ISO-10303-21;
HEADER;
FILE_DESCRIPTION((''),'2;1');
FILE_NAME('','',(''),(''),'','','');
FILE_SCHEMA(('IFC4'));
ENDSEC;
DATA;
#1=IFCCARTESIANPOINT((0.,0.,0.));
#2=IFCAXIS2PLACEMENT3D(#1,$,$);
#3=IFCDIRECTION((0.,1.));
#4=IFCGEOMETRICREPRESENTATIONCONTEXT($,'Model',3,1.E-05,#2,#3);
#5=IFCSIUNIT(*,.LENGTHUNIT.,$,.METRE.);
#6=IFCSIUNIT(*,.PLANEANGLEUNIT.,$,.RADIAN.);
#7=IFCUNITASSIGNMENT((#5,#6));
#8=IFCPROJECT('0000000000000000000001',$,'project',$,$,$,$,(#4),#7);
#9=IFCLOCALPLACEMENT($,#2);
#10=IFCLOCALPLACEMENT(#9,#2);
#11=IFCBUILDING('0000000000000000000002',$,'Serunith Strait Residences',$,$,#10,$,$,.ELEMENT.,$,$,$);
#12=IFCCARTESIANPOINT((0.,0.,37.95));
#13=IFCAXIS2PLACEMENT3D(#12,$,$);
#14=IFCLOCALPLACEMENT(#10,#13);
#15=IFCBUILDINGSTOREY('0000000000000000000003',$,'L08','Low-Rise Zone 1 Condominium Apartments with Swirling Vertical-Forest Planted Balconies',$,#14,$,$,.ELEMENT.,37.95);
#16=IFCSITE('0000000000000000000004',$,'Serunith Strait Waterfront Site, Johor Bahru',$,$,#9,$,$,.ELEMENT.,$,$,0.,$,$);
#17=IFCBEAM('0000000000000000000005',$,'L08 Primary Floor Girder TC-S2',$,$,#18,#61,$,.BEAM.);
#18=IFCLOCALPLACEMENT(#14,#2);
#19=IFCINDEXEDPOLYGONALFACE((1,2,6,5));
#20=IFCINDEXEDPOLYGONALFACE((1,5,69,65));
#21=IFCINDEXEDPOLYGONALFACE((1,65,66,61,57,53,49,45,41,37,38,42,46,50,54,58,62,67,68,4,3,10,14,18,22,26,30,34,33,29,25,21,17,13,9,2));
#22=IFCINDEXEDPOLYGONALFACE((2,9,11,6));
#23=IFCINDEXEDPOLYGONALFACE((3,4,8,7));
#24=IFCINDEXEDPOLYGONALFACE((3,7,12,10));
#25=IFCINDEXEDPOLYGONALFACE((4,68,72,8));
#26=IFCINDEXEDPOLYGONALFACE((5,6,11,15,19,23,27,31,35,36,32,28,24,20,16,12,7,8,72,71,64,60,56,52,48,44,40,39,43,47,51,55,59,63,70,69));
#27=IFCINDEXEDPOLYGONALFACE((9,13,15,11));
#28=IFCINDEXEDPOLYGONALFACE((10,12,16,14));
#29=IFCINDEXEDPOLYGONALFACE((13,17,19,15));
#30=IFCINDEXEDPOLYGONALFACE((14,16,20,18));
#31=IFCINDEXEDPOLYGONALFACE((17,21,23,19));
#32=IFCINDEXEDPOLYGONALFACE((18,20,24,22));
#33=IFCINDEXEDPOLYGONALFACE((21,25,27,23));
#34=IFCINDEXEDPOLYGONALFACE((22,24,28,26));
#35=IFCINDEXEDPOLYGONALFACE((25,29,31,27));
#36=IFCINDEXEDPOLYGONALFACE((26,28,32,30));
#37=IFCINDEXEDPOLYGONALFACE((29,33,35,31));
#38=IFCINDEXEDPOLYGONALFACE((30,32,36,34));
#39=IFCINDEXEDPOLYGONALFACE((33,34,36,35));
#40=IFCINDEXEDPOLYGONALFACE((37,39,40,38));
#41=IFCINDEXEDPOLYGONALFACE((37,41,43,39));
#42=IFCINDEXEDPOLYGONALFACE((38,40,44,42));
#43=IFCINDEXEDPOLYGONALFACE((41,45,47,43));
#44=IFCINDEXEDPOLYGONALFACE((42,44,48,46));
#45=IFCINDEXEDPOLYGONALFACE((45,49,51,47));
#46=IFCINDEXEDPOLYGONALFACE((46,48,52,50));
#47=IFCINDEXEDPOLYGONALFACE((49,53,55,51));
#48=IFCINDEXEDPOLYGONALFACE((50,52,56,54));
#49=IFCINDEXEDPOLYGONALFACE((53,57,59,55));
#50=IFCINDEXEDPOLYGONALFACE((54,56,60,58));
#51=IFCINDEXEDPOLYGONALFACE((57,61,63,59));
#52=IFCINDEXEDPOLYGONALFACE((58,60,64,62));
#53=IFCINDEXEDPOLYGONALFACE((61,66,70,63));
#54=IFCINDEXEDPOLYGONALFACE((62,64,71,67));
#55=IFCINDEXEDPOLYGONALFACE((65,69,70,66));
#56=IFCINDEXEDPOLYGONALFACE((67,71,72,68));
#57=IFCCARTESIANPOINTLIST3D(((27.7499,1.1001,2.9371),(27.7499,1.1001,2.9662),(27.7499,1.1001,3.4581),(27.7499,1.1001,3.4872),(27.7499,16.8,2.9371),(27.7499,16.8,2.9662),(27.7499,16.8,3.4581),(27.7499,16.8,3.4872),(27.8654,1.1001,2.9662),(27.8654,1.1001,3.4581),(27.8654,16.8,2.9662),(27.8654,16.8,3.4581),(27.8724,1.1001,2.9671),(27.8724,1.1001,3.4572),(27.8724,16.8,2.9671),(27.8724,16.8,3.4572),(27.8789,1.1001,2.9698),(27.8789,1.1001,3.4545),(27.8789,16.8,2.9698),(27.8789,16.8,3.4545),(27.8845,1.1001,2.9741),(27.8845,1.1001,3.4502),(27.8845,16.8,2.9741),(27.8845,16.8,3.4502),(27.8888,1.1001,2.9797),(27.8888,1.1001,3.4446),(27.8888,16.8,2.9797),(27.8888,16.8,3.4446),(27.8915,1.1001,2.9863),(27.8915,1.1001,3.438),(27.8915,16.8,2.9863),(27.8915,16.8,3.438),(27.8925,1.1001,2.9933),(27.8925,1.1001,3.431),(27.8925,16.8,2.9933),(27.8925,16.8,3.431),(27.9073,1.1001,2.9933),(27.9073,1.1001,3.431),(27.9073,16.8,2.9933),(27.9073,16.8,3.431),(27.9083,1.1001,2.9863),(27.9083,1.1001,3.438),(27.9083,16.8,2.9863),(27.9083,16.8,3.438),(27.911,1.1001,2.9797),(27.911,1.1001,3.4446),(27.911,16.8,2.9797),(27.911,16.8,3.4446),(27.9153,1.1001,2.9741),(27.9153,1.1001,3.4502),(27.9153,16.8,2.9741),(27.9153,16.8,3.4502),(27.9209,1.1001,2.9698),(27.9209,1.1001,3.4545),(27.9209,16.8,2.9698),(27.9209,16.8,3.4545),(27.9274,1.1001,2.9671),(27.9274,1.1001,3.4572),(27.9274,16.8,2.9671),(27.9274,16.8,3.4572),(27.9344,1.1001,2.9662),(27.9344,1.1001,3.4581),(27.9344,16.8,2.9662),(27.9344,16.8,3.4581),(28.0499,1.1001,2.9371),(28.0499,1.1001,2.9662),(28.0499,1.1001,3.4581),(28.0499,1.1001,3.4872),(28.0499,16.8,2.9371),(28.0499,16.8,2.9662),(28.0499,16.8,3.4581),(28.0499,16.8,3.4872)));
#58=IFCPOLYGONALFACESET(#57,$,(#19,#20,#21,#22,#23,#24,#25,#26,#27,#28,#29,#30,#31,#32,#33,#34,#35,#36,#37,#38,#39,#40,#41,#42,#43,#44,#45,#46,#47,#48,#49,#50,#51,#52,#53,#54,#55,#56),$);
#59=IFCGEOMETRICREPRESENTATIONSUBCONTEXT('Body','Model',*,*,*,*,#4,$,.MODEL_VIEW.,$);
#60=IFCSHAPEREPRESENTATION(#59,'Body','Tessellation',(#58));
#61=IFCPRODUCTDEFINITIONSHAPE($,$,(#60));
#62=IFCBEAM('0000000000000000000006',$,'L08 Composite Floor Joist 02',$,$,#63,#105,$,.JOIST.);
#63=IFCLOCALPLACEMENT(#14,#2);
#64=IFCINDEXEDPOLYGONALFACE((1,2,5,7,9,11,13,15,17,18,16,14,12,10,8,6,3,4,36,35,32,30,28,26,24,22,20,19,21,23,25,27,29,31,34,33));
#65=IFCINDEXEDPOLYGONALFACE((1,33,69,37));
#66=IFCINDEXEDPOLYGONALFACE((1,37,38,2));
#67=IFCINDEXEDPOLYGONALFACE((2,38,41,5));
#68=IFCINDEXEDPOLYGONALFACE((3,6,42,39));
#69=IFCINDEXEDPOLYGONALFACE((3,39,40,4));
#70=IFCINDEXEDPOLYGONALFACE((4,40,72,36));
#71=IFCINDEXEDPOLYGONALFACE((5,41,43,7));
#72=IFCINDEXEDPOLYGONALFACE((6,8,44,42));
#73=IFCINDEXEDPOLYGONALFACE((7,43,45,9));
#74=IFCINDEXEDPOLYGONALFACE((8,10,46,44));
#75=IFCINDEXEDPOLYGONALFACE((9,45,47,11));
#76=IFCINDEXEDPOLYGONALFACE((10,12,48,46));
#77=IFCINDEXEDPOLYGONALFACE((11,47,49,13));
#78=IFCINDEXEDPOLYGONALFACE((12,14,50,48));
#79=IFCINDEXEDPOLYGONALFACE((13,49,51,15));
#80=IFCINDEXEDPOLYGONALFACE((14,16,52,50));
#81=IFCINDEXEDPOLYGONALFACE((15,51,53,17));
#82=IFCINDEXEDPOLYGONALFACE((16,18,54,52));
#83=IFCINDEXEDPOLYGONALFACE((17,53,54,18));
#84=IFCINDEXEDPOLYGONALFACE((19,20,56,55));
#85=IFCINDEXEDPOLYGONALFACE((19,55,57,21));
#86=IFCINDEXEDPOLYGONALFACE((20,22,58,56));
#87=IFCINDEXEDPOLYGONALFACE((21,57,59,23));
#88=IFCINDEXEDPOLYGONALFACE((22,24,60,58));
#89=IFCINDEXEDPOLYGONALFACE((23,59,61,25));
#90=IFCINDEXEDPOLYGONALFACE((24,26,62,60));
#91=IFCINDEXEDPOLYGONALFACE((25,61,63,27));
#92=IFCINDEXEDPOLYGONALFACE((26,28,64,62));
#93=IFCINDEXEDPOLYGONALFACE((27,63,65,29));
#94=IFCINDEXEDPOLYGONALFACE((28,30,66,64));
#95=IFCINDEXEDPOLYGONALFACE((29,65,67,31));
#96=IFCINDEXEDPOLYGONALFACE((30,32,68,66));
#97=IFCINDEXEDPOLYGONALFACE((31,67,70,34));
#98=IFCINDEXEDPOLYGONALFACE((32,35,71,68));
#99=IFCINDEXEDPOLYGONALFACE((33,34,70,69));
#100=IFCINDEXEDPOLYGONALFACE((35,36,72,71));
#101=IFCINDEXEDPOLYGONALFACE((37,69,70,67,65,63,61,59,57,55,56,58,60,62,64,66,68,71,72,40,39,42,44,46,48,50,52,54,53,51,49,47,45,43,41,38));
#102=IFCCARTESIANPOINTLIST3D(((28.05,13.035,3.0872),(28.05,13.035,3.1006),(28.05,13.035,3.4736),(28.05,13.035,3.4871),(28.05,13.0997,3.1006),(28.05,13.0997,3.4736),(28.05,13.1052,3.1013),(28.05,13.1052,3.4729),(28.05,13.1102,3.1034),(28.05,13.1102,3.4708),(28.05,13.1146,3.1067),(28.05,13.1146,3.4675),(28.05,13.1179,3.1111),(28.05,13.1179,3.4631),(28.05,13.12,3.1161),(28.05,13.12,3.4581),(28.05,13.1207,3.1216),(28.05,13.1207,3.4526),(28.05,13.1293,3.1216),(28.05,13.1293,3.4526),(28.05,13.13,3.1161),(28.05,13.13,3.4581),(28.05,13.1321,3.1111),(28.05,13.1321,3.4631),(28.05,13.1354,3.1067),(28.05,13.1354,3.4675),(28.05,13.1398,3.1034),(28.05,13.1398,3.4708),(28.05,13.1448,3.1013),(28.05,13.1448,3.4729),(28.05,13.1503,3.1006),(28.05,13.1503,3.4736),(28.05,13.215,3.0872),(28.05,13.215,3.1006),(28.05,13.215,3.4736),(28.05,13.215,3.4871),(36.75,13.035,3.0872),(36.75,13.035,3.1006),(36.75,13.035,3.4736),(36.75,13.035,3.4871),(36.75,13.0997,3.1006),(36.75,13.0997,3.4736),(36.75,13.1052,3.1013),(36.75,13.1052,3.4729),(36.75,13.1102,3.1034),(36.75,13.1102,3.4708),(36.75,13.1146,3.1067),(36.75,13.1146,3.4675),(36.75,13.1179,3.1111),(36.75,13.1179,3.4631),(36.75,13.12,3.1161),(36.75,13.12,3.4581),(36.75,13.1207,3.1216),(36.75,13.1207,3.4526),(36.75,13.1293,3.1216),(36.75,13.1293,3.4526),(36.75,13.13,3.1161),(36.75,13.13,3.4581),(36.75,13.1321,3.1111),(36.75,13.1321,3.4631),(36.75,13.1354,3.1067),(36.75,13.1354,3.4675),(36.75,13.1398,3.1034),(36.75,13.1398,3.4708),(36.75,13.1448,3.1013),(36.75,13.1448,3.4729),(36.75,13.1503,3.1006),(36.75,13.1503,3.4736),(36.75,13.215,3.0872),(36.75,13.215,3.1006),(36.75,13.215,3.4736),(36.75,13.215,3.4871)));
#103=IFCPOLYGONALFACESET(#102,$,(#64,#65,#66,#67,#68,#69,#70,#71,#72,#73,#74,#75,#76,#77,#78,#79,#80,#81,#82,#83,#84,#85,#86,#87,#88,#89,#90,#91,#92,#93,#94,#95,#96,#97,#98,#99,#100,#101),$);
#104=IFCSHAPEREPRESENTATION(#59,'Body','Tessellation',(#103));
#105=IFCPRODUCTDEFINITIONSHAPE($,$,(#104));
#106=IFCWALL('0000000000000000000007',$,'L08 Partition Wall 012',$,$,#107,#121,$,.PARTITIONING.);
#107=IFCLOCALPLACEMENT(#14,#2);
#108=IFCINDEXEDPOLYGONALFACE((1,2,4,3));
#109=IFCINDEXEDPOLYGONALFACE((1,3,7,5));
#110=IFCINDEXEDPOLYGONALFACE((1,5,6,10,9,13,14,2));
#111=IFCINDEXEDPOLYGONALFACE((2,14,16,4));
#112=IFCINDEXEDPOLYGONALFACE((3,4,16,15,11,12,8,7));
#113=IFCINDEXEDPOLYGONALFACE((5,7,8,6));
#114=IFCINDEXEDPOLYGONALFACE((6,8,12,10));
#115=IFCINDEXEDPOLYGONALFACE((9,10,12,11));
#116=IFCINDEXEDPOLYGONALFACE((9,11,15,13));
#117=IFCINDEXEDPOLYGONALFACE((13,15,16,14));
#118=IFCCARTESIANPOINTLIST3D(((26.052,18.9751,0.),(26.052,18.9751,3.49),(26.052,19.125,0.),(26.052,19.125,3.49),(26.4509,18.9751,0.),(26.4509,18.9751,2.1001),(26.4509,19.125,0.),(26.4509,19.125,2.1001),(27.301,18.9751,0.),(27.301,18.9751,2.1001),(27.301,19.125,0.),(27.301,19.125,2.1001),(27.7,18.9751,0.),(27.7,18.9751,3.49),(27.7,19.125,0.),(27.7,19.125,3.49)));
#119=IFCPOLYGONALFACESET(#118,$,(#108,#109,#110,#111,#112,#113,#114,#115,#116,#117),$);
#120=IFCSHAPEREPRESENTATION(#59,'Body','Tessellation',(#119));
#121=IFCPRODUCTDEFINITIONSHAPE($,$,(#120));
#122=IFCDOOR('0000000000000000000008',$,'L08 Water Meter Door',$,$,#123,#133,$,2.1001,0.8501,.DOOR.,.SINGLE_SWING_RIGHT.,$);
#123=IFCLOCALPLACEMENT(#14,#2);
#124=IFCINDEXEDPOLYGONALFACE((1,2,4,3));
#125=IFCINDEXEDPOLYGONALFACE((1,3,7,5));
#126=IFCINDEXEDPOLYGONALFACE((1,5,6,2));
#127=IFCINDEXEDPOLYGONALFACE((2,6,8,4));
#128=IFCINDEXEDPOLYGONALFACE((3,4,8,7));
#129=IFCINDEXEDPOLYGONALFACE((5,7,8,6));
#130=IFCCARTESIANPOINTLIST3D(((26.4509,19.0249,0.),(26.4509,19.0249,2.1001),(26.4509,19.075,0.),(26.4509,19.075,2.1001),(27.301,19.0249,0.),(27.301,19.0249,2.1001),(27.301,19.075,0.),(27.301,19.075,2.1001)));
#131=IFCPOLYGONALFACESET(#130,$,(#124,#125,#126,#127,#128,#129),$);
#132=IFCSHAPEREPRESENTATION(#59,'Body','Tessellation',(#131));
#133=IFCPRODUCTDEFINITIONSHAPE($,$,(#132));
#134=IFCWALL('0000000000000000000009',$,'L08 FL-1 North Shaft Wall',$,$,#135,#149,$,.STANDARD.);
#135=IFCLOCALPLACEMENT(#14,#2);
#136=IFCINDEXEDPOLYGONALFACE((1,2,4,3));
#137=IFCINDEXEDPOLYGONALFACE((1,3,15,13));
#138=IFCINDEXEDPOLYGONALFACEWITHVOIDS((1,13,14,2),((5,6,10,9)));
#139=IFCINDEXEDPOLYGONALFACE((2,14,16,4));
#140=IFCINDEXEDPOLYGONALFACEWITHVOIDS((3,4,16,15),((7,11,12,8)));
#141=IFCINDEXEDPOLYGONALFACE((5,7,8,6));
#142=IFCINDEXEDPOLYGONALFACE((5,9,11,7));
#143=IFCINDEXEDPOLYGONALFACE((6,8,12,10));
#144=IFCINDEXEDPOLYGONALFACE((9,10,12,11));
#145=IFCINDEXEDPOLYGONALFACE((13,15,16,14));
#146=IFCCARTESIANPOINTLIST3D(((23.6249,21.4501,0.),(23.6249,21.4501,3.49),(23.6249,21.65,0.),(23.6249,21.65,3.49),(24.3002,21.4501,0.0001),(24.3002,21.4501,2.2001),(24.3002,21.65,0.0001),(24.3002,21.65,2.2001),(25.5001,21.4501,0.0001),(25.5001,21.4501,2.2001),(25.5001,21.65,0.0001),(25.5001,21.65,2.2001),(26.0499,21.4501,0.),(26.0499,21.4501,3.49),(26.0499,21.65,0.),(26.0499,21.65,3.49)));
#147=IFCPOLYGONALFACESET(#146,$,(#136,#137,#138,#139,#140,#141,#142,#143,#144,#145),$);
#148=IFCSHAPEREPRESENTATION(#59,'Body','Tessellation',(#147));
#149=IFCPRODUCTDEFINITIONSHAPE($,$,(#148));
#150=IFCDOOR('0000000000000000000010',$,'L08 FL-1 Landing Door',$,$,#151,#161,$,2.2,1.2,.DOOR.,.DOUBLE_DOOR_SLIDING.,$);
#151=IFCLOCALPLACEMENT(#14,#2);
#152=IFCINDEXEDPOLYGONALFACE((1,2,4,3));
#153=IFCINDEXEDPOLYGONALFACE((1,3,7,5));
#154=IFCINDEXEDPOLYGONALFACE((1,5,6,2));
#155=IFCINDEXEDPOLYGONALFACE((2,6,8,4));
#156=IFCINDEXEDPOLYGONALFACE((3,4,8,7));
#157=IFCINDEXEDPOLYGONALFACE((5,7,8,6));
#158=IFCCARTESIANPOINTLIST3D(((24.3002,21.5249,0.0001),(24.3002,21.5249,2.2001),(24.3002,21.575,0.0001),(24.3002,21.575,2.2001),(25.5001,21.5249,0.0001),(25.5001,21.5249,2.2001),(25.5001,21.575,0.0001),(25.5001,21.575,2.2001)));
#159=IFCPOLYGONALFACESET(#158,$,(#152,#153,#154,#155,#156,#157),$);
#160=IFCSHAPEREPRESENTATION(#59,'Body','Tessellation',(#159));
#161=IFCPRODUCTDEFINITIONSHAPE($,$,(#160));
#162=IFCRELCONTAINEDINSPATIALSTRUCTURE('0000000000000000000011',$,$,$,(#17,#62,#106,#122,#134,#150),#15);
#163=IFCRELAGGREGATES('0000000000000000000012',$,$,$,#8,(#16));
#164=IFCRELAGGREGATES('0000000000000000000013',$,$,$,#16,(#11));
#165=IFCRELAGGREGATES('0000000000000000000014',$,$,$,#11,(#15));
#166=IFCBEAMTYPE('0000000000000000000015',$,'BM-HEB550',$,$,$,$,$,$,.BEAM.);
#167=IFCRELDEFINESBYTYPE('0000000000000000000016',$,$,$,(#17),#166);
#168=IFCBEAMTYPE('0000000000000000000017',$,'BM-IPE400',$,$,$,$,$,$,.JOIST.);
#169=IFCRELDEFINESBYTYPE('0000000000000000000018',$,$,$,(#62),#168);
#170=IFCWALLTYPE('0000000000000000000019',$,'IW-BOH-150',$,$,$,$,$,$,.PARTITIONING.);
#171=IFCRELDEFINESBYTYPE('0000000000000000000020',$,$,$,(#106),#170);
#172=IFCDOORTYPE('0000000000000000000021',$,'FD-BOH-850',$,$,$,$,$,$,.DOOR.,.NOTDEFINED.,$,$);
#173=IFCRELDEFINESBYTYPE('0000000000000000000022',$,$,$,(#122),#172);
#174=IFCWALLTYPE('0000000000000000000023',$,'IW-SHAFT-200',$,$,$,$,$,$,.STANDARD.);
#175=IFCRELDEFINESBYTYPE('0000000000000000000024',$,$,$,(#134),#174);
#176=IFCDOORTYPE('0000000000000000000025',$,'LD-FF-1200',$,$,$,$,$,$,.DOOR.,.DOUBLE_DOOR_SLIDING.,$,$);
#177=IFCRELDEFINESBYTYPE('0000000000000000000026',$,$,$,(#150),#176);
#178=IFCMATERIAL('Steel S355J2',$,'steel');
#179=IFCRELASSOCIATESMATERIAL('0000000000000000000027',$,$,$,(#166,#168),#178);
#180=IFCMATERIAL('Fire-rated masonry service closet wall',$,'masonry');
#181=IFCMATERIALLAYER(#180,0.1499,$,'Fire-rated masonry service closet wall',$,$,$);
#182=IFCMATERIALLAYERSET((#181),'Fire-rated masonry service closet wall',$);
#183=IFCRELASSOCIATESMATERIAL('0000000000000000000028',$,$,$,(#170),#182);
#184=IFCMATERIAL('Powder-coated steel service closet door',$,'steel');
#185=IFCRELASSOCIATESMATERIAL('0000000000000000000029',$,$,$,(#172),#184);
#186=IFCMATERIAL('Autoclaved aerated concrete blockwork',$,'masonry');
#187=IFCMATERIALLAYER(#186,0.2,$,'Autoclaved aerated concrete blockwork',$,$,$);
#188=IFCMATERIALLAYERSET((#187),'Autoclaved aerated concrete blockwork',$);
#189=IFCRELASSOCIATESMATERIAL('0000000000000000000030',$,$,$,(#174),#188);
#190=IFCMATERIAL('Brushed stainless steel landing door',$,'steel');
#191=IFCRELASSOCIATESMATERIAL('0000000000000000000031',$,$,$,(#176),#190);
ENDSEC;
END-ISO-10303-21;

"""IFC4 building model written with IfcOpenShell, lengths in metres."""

from ifc_helpers import new_model, si_unit, direction, frame, frame_2d, origin, origin_2d, place, context, subcontext, project, spatial, rectangle, i_section, extrude, source, transform, mapped, material, layer, layer_set, material_profile, profile_set, type_object, element, fill, save


model = new_model("IFC4")

# Units and contexts
model_context = context("Model", 3, precision=1e-05, world=origin(), true_north=direction((0.0, 1.0)))
body_context = subcontext(model_context, "Body", "Model", "MODEL_VIEW")
ifc_project = project(units=[si_unit("LENGTHUNIT", "METRE"), si_unit("PLANEANGLEUNIT", "RADIAN")], contexts=[model_context])

# Site, building, storey
site_placement = place(None, origin())
site = spatial("IfcSite", under=ifc_project, at=site_placement, Name="Serunith Strait Waterfront Site, Johor Bahru", CompositionType="ELEMENT", RefElevation=0.0)
building_placement = place(site_placement, origin())
building = spatial("IfcBuilding", under=site, at=building_placement, Name="Serunith Strait Residences", CompositionType="ELEMENT")
storey_placement = place(building_placement, frame((0.0, 0.0, 37.95)))
storey = spatial("IfcBuildingStorey", under=building, at=storey_placement, Name="L08", Description="Low-Rise Zone 1 Condominium Apartments with Swirling Vertical-Forest Planted Balconies", CompositionType="ELEMENT", Elevation=37.95)

# Beams
ifc_material_1 = material(Name="Steel S355J2", Category="steel")
ifc_material_profile_1 = material_profile(ifc_material_1, i_section(OverallWidth=0.3, OverallDepth=0.55, WebThickness=0.0149, FlangeThickness=0.0291, FilletRadius=0.0271, at=origin_2d()), Name="HEB 550")
ifc_profile_set_1 = profile_set([ifc_material_profile_1], Name="Steel S355J2")
beam_type_1 = type_object("IfcBeamType", Name="BM-HEB550", PredefinedType="BEAM", material=ifc_profile_set_1)
shared_shape_1 = source(origin(), body_context, "Body", "SweptSolid", [
    extrude(i_section(OverallWidth=0.3, OverallDepth=0.55, WebThickness=0.0149, FlangeThickness=0.0291, FilletRadius=0.0271, at=origin_2d()), origin(), (0.0, 0.0, 1.0), 15.7),
])
beam_1_placement = place(storey_placement, frame((27.8999, 16.8, 3.2122), z_axis=(0.0, -1.0, 0.0), x_axis=(1.0, 0.0, 0.0)))
element("IfcBeam", 1, at=beam_1_placement, inside=storey, type_object=beam_type_1, Name="L08 Primary Floor Girder TC-S2", PredefinedType="BEAM", context=body_context, shape_type="MappedRepresentation", body=[
    mapped(shared_shape_1, transform((0.0, 0.0, 0.0), scale=1.0)),
])
ifc_material_profile_2 = material_profile(ifc_material_1, i_section(OverallWidth=0.1799, OverallDepth=0.3999, WebThickness=0.0085, FlangeThickness=0.0134, FilletRadius=0.021, at=origin_2d()), Name="IPE 400")
ifc_profile_set_2 = profile_set([ifc_material_profile_2], Name="Steel S355J2")
beam_type_2 = type_object("IfcBeamType", Name="BM-IPE400", PredefinedType="JOIST", material=ifc_profile_set_2)
shared_shape_2 = source(origin(), body_context, "Body", "SweptSolid", [
    extrude(i_section(OverallWidth=0.1799, OverallDepth=0.3999, WebThickness=0.0085, FlangeThickness=0.0134, FilletRadius=0.021, at=origin_2d()), origin(), (0.0, 0.0, 1.0), 8.7),
])
beam_2_placement = place(storey_placement, frame((28.05, 13.125, 3.2871), z_axis=(1.0, 0.0, 0.0), x_axis=(0.0, 1.0, 0.0)))
element("IfcBeam", 2, at=beam_2_placement, inside=storey, type_object=beam_type_2, Name="L08 Composite Floor Joist 02", PredefinedType="JOIST", context=body_context, shape_type="MappedRepresentation", body=[
    mapped(shared_shape_2, transform((0.0, 0.0, 0.0), scale=1.0)),
])

# Walls, openings, doors
ifc_material_2 = material(Name="Fire-rated masonry service closet wall", Category="masonry")
ifc_layer_1 = layer(ifc_material_2, 0.1499, Name="Fire-rated masonry service closet wall")
ifc_layer_set_1 = layer_set([ifc_layer_1], Name="Fire-rated masonry service closet wall")
wall_type_1 = type_object("IfcWallType", Name="IW-BOH-150", PredefinedType="PARTITIONING", material=ifc_layer_set_1)
wall_1_placement = place(storey_placement, frame((26.052, 19.05, 0.0), z_axis=(0.0, 0.0, 1.0), x_axis=(1.0, 0.0, 0.0)))
wall_1 = element("IfcWall", 3, at=wall_1_placement, inside=storey, type_object=wall_type_1, Name="L08 Partition Wall 012", PredefinedType="PARTITIONING", context=body_context, shape_type="SweptSolid", body=[
    extrude(rectangle(XDim=1.6479, YDim=0.1499, at=frame_2d((0.824, 0.0))), origin(), (0.0, 0.0, 1.0), 3.49),
])
opening_1_placement = place(wall_1_placement, frame((0.3989, 0.0, 0.0)))
opening_1 = element("IfcOpeningElement", 4, at=opening_1_placement, cuts=wall_1, PredefinedType="OPENING", context=body_context, shape_type="SweptSolid", body=[
    extrude(rectangle(XDim=0.8501, YDim=2.1001, at=frame_2d((0.425, 1.05))), frame((0.0, 0.085, 0.0), z_axis=(0.0, -1.0, 0.0), x_axis=(1.0, 0.0, 0.0)), (0.0, 0.0, 1.0), 0.1699),
])
ifc_material_3 = material(Name="Powder-coated steel service closet door", Category="steel")
door_type_1 = type_object("IfcDoorType", Name="FD-BOH-850", OperationType="NOTDEFINED", PredefinedType="DOOR", material=ifc_material_3)
shared_shape_3 = source(origin(), body_context, "Body", "SweptSolid", [
    extrude(rectangle(XDim=0.8501, YDim=2.1001, at=frame_2d((0.425, 1.05))), frame((0.0, 0.0249, 0.0), z_axis=(0.0, -1.0, 0.0), x_axis=(1.0, 0.0, 0.0)), (0.0, 0.0, 1.0), 0.05),
])
door_1_placement = place(opening_1_placement, origin())
door_1 = element("IfcDoor", 5, at=door_1_placement, inside=storey, type_object=door_type_1, Name="L08 Water Meter Door", OperationType="SINGLE_SWING_RIGHT", OverallHeight=2.1001, OverallWidth=0.8501, PredefinedType="DOOR", context=body_context, shape_type="MappedRepresentation", body=[
    mapped(shared_shape_3, transform((0.0, 0.0, 0.0), scale=1.0)),
])
fill(opening_1, door_1)
ifc_material_4 = material(Name="Autoclaved aerated concrete blockwork", Category="masonry")
ifc_layer_2 = layer(ifc_material_4, 0.2, Name="Autoclaved aerated concrete blockwork")
ifc_layer_set_2 = layer_set([ifc_layer_2], Name="Autoclaved aerated concrete blockwork")
wall_type_2 = type_object("IfcWallType", Name="IW-SHAFT-200", PredefinedType="STANDARD", material=ifc_layer_set_2)
wall_2_placement = place(storey_placement, frame((23.625, 21.55, 0.0), z_axis=(0.0, 0.0, 1.0), x_axis=(1.0, 0.0, 0.0)))
wall_2 = element("IfcWall", 6, at=wall_2_placement, inside=storey, type_object=wall_type_2, Name="L08 FL-1 North Shaft Wall", PredefinedType="STANDARD", context=body_context, shape_type="SweptSolid", body=[
    extrude(rectangle(XDim=2.425, YDim=0.2, at=frame_2d((1.2124, 0.0))), origin(), (0.0, 0.0, 1.0), 3.49),
])
opening_2_placement = place(wall_2_placement, frame((0.675, 0.0, 0.0)))
opening_2 = element("IfcOpeningElement", 7, at=opening_2_placement, cuts=wall_2, PredefinedType="OPENING", context=body_context, shape_type="SweptSolid", body=[
    extrude(rectangle(XDim=1.2, YDim=2.2, at=frame_2d((0.6001, 1.1001))), frame((0.0, 0.1099, 0.0), z_axis=(0.0, -1.0, 0.0), x_axis=(1.0, 0.0, 0.0)), (0.0, 0.0, 1.0), 0.22),
])
ifc_material_5 = material(Name="Brushed stainless steel landing door", Category="steel")
door_type_2 = type_object("IfcDoorType", Name="LD-FF-1200", OperationType="DOUBLE_DOOR_SLIDING", PredefinedType="DOOR", material=ifc_material_5)
shared_shape_4 = source(origin(), body_context, "Body", "SweptSolid", [
    extrude(rectangle(XDim=1.2, YDim=2.2, at=frame_2d((0.6001, 1.1001))), frame((0.0, 0.0249, 0.0), z_axis=(0.0, -1.0, 0.0), x_axis=(1.0, 0.0, 0.0)), (0.0, 0.0, 1.0), 0.05),
])
door_2_placement = place(opening_2_placement, origin())
door_2 = element("IfcDoor", 8, at=door_2_placement, inside=storey, type_object=door_type_2, Name="L08 FL-1 Landing Door", OperationType="DOUBLE_DOOR_SLIDING", OverallHeight=2.2, OverallWidth=1.2, PredefinedType="DOOR", context=body_context, shape_type="MappedRepresentation", body=[
    mapped(shared_shape_4, transform((0.0, 0.0, 0.0), scale=1.0)),
])
fill(opening_2, door_2)

save(model, "model.ifc")
